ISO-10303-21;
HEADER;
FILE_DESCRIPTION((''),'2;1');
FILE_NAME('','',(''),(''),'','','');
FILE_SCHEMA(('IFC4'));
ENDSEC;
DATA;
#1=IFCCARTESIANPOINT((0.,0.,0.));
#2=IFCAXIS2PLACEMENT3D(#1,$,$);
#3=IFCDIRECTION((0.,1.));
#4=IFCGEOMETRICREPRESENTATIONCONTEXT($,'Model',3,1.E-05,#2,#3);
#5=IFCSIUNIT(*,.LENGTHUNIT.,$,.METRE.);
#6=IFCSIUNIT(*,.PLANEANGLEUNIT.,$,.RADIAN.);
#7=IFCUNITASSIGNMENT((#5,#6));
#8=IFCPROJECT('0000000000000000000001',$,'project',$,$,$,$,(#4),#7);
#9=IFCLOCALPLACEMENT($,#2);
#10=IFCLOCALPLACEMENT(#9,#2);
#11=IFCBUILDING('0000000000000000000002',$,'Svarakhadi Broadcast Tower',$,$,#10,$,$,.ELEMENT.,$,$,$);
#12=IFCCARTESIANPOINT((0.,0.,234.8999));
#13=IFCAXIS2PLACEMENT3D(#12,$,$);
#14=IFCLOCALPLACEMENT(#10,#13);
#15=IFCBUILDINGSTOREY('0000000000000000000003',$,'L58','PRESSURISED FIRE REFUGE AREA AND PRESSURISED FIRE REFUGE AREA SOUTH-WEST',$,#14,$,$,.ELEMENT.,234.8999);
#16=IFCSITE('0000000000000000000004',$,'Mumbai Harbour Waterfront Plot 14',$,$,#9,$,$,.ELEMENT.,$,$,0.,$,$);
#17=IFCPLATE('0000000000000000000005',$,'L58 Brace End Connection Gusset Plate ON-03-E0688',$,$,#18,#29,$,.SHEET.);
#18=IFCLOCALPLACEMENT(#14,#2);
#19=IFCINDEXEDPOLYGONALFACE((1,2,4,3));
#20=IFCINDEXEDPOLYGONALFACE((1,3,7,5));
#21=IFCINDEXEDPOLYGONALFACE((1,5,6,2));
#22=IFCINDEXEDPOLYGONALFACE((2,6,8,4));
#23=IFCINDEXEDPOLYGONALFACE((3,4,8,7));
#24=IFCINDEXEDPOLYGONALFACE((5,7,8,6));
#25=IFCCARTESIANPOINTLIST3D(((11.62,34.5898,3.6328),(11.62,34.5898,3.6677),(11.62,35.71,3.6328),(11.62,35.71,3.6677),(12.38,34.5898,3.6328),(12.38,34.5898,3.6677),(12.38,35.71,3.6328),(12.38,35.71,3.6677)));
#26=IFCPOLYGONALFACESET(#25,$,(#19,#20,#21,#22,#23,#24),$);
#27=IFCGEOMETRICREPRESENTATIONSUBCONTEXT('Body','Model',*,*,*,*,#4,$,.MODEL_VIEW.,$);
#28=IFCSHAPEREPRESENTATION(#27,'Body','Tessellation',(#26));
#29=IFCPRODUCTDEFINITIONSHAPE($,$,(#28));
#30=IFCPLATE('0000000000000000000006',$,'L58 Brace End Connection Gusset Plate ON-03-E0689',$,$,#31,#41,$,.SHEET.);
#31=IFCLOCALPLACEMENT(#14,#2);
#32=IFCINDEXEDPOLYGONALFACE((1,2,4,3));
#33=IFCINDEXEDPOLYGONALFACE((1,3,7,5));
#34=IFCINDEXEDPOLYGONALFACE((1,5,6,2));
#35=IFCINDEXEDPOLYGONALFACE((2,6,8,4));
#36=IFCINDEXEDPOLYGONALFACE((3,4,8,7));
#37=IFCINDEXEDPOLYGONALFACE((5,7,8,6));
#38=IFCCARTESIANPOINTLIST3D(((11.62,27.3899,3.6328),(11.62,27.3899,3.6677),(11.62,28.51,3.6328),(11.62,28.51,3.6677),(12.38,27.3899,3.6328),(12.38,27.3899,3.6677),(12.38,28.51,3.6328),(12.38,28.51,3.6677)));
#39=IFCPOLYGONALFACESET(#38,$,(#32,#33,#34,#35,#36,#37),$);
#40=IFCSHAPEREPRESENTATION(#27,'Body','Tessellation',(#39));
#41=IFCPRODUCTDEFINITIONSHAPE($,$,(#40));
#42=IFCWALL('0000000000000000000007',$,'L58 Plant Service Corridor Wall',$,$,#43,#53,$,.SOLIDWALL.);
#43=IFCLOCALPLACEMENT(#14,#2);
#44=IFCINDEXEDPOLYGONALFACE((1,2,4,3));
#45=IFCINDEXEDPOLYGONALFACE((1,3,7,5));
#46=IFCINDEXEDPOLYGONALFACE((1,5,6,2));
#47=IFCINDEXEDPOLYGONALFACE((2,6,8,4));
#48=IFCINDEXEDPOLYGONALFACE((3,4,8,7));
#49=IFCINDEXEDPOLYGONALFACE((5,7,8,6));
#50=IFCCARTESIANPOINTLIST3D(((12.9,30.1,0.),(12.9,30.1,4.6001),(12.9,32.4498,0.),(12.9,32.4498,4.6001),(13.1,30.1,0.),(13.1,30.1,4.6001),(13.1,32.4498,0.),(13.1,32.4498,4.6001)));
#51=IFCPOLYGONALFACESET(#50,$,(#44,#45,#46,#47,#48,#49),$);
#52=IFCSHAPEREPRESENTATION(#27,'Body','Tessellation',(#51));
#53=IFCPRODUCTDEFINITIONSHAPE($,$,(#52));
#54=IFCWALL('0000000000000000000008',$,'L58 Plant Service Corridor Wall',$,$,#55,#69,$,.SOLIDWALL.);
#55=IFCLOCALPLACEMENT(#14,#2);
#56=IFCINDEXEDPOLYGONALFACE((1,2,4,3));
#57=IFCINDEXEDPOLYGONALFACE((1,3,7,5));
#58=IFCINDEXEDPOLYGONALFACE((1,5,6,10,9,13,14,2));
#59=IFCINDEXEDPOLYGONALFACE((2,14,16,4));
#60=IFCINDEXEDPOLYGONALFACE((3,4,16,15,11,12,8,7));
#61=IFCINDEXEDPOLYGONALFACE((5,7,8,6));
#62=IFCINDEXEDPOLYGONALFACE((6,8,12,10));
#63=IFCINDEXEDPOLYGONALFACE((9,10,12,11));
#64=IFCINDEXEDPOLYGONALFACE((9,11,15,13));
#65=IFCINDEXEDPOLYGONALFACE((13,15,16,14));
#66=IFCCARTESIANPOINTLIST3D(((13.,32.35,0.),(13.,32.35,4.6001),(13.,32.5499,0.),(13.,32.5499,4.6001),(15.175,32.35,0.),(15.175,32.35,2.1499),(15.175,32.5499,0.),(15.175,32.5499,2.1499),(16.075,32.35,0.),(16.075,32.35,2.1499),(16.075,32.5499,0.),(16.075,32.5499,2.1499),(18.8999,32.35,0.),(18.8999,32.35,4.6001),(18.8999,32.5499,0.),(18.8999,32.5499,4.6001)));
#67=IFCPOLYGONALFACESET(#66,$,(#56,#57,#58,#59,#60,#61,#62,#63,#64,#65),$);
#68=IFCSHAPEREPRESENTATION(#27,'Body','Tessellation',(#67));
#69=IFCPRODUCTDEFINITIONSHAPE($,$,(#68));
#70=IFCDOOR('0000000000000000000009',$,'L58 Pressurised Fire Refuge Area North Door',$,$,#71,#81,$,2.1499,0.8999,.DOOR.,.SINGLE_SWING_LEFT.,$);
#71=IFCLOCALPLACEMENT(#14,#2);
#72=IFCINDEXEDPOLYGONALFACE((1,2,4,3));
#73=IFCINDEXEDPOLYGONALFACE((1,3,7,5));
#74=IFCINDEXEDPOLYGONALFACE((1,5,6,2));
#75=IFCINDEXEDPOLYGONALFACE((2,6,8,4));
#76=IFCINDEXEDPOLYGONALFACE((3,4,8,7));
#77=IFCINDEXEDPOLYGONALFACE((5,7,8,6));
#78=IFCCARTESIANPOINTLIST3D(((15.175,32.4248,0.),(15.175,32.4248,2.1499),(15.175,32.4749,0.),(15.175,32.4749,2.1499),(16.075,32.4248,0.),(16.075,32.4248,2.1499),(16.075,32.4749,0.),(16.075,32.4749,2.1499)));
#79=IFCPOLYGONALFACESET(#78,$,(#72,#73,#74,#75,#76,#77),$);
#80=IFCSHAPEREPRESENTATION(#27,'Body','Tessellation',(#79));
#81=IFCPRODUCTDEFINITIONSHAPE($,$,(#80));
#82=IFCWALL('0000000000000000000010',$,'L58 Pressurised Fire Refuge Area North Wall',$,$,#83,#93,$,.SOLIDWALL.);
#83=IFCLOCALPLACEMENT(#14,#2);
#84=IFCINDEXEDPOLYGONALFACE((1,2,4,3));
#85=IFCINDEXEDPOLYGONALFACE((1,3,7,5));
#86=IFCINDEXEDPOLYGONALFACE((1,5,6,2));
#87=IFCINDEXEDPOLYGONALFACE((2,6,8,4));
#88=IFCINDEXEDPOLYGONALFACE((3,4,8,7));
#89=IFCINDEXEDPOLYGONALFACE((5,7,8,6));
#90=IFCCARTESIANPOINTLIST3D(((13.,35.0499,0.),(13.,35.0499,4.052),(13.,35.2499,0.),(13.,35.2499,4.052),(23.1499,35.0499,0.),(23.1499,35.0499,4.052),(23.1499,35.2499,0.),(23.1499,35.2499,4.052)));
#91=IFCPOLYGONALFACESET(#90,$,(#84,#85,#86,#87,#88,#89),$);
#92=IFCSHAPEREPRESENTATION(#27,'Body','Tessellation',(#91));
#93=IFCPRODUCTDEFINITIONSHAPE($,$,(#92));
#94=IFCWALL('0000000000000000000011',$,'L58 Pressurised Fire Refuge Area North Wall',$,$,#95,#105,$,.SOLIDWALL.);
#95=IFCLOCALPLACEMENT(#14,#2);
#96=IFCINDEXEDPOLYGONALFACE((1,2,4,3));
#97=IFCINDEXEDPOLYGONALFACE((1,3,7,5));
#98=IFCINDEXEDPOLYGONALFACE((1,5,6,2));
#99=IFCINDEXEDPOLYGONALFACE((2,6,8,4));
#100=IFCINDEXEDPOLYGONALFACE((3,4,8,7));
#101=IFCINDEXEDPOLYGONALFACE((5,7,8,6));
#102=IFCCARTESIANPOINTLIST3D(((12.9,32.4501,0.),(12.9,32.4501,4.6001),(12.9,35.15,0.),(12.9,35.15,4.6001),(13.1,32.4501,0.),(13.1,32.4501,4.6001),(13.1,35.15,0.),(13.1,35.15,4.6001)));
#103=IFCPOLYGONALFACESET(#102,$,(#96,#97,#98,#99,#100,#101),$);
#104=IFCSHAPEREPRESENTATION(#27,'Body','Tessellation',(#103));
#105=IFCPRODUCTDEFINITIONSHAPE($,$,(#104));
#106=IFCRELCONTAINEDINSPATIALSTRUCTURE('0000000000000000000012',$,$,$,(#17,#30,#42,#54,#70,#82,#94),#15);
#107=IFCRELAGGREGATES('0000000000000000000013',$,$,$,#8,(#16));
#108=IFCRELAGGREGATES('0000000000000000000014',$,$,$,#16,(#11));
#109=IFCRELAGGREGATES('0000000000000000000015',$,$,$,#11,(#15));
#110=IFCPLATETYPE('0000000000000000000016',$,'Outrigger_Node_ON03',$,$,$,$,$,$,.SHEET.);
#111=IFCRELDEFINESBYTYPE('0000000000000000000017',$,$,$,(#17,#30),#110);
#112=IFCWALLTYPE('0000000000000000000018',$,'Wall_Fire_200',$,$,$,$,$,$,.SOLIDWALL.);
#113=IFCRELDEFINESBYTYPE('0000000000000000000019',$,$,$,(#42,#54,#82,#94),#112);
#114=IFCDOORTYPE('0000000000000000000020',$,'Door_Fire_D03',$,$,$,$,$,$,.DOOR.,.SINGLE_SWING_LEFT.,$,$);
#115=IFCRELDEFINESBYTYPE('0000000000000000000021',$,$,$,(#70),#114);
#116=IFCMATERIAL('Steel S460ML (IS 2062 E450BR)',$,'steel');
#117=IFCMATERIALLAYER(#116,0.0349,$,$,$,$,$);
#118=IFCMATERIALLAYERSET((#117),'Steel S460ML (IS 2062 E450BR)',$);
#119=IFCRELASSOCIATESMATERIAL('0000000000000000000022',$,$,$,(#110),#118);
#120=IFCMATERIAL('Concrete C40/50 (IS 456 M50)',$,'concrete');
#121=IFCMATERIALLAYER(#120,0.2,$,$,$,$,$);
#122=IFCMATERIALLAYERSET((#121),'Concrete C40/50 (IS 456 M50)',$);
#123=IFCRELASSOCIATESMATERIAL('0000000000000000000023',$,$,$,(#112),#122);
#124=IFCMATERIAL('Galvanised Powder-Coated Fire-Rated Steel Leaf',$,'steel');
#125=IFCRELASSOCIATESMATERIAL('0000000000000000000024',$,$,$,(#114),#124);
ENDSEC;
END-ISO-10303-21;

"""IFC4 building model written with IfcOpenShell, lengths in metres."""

from ifc_helpers import new_model, si_unit, direction, frame, frame_2d, origin, origin_2d, place, context, subcontext, project, spatial, rectangle, extrude, material, layer, layer_set, type_object, element, fill, save


model = new_model("IFC4")

# Units and contexts
model_context = context("Model", 3, precision=1e-05, world=origin(), true_north=direction((0.0, 1.0)))
body_context = subcontext(model_context, "Body", "Model", "MODEL_VIEW")
ifc_project = project(units=[si_unit("LENGTHUNIT", "METRE"), si_unit("PLANEANGLEUNIT", "RADIAN")], contexts=[model_context])

# Site, building, storey
site_placement = place(None, origin())
site = spatial("IfcSite", under=ifc_project, at=site_placement, Name="Mumbai Harbour Waterfront Plot 14", CompositionType="ELEMENT", RefElevation=0.0)
building_placement = place(site_placement, origin())
building = spatial("IfcBuilding", under=site, at=building_placement, Name="Svarakhadi Broadcast Tower", CompositionType="ELEMENT")
storey_placement = place(building_placement, frame((0.0, 0.0, 234.8999)))
storey = spatial("IfcBuildingStorey", under=building, at=storey_placement, Name="L58", Description="PRESSURISED FIRE REFUGE AREA AND PRESSURISED FIRE REFUGE AREA SOUTH-WEST", CompositionType="ELEMENT", Elevation=234.8999)

# Shared definitions
ifc_material_1 = material(Name="Steel S460ML (IS 2062 E450BR)", Category="steel")

# Plates
ifc_layer_1 = layer(ifc_material_1, 0.0349)
ifc_layer_set_1 = layer_set([ifc_layer_1], Name="Steel S460ML (IS 2062 E450BR)")
plate_type_1 = type_object("IfcPlateType", Name="Outrigger_Node_ON03", PredefinedType="SHEET", material=ifc_layer_set_1)
for number, where, z_axis, x_axis, name in (
    (1, (12.0, 35.1499, 3.6328), (0.0, 0.0, 1.0), (0.0, 1.0, 0.0), "L58 Brace End Connection Gusset Plate ON-03-E0688"),
    (2, (12.0, 27.95, 3.6328), (0.0, 0.0, 1.0), (0.0, 1.0, 0.0), "L58 Brace End Connection Gusset Plate ON-03-E0689"),
):
    element("IfcPlate", number, at=place(storey_placement, frame(where, z_axis=z_axis, x_axis=x_axis)), inside=storey, type_object=plate_type_1, Name=name, PredefinedType="SHEET", context=body_context, shape_type="SweptSolid", body=[
        extrude(rectangle(XDim=1.1201, YDim=0.76, at=origin_2d()), origin(), (0.0, 0.0, 1.0), 0.0349),
    ])

# Wall
ifc_material_2 = material(Name="Concrete C40/50 (IS 456 M50)", Category="concrete")
ifc_layer_2 = layer(ifc_material_2, 0.2)
ifc_layer_set_2 = layer_set([ifc_layer_2], Name="Concrete C40/50 (IS 456 M50)")
wall_type = type_object("IfcWallType", Name="Wall_Fire_200", PredefinedType="SOLIDWALL", material=ifc_layer_set_2)
wall_1_placement = place(storey_placement, frame((13.0, 30.1001, 0.0), z_axis=(0.0, 0.0, 1.0), x_axis=(0.0, 1.0, 0.0)))
element("IfcWall", 3, at=wall_1_placement, inside=storey, type_object=wall_type, Name="L58 Plant Service Corridor Wall", PredefinedType="SOLIDWALL", context=body_context, shape_type="SweptSolid", body=[
    extrude(rectangle(XDim=2.3499, YDim=0.2, at=frame_2d((1.1748, 0.0))), origin(), (0.0, 0.0, 1.0), 4.6001),
])

# Wall, opening, door
wall_2_placement = place(storey_placement, frame((13.0, 32.45, 0.0), z_axis=(0.0, 0.0, 1.0), x_axis=(1.0, 0.0, 0.0)))
wall_2 = element("IfcWall", 4, at=wall_2_placement, inside=storey, type_object=wall_type, Name="L58 Plant Service Corridor Wall", PredefinedType="SOLIDWALL", context=body_context, shape_type="SweptSolid", body=[
    extrude(rectangle(XDim=5.8999, YDim=0.2, at=frame_2d((2.95, 0.0))), origin(), (0.0, 0.0, 1.0), 4.6001),
])
opening_placement = place(wall_2_placement, frame((2.175, 0.0, 0.0)))
opening = element("IfcOpeningElement", 5, at=opening_placement, cuts=wall_2, PredefinedType="OPENING", context=body_context, shape_type="SweptSolid", body=[
    extrude(rectangle(XDim=0.8999, YDim=2.1499, at=frame_2d((0.45, 1.075))), frame((0.0, 0.1099, 0.0), z_axis=(0.0, -1.0, 0.0), x_axis=(1.0, 0.0, 0.0)), (0.0, 0.0, 1.0), 0.22),
])
ifc_material_3 = material(Name="Galvanised Powder-Coated Fire-Rated Steel Leaf", Category="steel")
door_type = type_object("IfcDoorType", Name="Door_Fire_D03", OperationType="SINGLE_SWING_LEFT", PredefinedType="DOOR", material=ifc_material_3)
door_placement = place(opening_placement, origin())
door = element("IfcDoor", 6, at=door_placement, inside=storey, type_object=door_type, Name="L58 Pressurised Fire Refuge Area North Door", OperationType="SINGLE_SWING_LEFT", OverallHeight=2.1499, OverallWidth=0.8999, PredefinedType="DOOR", context=body_context, shape_type="SweptSolid", body=[
    extrude(rectangle(XDim=0.8999, YDim=2.1499, at=frame_2d((0.45, 1.075))), frame((0.0, 0.0249, 0.0), z_axis=(0.0, -1.0, 0.0), x_axis=(1.0, 0.0, 0.0)), (0.0, 0.0, 1.0), 0.05),
])
fill(opening, door)

# Walls
wall_3_placement = place(storey_placement, frame((13.0, 35.1499, 0.0), z_axis=(0.0, 0.0, 1.0), x_axis=(1.0, 0.0, 0.0)))
element("IfcWall", 7, at=wall_3_placement, inside=storey, type_object=wall_type, Name="L58 Pressurised Fire Refuge Area North Wall", PredefinedType="SOLIDWALL", context=body_context, shape_type="SweptSolid", body=[
    extrude(rectangle(XDim=10.1499, YDim=0.2, at=frame_2d((5.075, 0.0))), origin(), (0.0, 0.0, 1.0), 4.052),
])
wall_4_placement = place(storey_placement, frame((13.0, 32.45, 0.0), z_axis=(0.0, 0.0, 1.0), x_axis=(0.0, 1.0, 0.0)))
element("IfcWall", 8, at=wall_4_placement, inside=storey, type_object=wall_type, Name="L58 Pressurised Fire Refuge Area North Wall", PredefinedType="SOLIDWALL", context=body_context, shape_type="SweptSolid", body=[
    extrude(rectangle(XDim=2.7, YDim=0.2, at=frame_2d((1.3501, 0.0))), origin(), (0.0, 0.0, 1.0), 4.6001),
])

save(model, "model.ifc")
